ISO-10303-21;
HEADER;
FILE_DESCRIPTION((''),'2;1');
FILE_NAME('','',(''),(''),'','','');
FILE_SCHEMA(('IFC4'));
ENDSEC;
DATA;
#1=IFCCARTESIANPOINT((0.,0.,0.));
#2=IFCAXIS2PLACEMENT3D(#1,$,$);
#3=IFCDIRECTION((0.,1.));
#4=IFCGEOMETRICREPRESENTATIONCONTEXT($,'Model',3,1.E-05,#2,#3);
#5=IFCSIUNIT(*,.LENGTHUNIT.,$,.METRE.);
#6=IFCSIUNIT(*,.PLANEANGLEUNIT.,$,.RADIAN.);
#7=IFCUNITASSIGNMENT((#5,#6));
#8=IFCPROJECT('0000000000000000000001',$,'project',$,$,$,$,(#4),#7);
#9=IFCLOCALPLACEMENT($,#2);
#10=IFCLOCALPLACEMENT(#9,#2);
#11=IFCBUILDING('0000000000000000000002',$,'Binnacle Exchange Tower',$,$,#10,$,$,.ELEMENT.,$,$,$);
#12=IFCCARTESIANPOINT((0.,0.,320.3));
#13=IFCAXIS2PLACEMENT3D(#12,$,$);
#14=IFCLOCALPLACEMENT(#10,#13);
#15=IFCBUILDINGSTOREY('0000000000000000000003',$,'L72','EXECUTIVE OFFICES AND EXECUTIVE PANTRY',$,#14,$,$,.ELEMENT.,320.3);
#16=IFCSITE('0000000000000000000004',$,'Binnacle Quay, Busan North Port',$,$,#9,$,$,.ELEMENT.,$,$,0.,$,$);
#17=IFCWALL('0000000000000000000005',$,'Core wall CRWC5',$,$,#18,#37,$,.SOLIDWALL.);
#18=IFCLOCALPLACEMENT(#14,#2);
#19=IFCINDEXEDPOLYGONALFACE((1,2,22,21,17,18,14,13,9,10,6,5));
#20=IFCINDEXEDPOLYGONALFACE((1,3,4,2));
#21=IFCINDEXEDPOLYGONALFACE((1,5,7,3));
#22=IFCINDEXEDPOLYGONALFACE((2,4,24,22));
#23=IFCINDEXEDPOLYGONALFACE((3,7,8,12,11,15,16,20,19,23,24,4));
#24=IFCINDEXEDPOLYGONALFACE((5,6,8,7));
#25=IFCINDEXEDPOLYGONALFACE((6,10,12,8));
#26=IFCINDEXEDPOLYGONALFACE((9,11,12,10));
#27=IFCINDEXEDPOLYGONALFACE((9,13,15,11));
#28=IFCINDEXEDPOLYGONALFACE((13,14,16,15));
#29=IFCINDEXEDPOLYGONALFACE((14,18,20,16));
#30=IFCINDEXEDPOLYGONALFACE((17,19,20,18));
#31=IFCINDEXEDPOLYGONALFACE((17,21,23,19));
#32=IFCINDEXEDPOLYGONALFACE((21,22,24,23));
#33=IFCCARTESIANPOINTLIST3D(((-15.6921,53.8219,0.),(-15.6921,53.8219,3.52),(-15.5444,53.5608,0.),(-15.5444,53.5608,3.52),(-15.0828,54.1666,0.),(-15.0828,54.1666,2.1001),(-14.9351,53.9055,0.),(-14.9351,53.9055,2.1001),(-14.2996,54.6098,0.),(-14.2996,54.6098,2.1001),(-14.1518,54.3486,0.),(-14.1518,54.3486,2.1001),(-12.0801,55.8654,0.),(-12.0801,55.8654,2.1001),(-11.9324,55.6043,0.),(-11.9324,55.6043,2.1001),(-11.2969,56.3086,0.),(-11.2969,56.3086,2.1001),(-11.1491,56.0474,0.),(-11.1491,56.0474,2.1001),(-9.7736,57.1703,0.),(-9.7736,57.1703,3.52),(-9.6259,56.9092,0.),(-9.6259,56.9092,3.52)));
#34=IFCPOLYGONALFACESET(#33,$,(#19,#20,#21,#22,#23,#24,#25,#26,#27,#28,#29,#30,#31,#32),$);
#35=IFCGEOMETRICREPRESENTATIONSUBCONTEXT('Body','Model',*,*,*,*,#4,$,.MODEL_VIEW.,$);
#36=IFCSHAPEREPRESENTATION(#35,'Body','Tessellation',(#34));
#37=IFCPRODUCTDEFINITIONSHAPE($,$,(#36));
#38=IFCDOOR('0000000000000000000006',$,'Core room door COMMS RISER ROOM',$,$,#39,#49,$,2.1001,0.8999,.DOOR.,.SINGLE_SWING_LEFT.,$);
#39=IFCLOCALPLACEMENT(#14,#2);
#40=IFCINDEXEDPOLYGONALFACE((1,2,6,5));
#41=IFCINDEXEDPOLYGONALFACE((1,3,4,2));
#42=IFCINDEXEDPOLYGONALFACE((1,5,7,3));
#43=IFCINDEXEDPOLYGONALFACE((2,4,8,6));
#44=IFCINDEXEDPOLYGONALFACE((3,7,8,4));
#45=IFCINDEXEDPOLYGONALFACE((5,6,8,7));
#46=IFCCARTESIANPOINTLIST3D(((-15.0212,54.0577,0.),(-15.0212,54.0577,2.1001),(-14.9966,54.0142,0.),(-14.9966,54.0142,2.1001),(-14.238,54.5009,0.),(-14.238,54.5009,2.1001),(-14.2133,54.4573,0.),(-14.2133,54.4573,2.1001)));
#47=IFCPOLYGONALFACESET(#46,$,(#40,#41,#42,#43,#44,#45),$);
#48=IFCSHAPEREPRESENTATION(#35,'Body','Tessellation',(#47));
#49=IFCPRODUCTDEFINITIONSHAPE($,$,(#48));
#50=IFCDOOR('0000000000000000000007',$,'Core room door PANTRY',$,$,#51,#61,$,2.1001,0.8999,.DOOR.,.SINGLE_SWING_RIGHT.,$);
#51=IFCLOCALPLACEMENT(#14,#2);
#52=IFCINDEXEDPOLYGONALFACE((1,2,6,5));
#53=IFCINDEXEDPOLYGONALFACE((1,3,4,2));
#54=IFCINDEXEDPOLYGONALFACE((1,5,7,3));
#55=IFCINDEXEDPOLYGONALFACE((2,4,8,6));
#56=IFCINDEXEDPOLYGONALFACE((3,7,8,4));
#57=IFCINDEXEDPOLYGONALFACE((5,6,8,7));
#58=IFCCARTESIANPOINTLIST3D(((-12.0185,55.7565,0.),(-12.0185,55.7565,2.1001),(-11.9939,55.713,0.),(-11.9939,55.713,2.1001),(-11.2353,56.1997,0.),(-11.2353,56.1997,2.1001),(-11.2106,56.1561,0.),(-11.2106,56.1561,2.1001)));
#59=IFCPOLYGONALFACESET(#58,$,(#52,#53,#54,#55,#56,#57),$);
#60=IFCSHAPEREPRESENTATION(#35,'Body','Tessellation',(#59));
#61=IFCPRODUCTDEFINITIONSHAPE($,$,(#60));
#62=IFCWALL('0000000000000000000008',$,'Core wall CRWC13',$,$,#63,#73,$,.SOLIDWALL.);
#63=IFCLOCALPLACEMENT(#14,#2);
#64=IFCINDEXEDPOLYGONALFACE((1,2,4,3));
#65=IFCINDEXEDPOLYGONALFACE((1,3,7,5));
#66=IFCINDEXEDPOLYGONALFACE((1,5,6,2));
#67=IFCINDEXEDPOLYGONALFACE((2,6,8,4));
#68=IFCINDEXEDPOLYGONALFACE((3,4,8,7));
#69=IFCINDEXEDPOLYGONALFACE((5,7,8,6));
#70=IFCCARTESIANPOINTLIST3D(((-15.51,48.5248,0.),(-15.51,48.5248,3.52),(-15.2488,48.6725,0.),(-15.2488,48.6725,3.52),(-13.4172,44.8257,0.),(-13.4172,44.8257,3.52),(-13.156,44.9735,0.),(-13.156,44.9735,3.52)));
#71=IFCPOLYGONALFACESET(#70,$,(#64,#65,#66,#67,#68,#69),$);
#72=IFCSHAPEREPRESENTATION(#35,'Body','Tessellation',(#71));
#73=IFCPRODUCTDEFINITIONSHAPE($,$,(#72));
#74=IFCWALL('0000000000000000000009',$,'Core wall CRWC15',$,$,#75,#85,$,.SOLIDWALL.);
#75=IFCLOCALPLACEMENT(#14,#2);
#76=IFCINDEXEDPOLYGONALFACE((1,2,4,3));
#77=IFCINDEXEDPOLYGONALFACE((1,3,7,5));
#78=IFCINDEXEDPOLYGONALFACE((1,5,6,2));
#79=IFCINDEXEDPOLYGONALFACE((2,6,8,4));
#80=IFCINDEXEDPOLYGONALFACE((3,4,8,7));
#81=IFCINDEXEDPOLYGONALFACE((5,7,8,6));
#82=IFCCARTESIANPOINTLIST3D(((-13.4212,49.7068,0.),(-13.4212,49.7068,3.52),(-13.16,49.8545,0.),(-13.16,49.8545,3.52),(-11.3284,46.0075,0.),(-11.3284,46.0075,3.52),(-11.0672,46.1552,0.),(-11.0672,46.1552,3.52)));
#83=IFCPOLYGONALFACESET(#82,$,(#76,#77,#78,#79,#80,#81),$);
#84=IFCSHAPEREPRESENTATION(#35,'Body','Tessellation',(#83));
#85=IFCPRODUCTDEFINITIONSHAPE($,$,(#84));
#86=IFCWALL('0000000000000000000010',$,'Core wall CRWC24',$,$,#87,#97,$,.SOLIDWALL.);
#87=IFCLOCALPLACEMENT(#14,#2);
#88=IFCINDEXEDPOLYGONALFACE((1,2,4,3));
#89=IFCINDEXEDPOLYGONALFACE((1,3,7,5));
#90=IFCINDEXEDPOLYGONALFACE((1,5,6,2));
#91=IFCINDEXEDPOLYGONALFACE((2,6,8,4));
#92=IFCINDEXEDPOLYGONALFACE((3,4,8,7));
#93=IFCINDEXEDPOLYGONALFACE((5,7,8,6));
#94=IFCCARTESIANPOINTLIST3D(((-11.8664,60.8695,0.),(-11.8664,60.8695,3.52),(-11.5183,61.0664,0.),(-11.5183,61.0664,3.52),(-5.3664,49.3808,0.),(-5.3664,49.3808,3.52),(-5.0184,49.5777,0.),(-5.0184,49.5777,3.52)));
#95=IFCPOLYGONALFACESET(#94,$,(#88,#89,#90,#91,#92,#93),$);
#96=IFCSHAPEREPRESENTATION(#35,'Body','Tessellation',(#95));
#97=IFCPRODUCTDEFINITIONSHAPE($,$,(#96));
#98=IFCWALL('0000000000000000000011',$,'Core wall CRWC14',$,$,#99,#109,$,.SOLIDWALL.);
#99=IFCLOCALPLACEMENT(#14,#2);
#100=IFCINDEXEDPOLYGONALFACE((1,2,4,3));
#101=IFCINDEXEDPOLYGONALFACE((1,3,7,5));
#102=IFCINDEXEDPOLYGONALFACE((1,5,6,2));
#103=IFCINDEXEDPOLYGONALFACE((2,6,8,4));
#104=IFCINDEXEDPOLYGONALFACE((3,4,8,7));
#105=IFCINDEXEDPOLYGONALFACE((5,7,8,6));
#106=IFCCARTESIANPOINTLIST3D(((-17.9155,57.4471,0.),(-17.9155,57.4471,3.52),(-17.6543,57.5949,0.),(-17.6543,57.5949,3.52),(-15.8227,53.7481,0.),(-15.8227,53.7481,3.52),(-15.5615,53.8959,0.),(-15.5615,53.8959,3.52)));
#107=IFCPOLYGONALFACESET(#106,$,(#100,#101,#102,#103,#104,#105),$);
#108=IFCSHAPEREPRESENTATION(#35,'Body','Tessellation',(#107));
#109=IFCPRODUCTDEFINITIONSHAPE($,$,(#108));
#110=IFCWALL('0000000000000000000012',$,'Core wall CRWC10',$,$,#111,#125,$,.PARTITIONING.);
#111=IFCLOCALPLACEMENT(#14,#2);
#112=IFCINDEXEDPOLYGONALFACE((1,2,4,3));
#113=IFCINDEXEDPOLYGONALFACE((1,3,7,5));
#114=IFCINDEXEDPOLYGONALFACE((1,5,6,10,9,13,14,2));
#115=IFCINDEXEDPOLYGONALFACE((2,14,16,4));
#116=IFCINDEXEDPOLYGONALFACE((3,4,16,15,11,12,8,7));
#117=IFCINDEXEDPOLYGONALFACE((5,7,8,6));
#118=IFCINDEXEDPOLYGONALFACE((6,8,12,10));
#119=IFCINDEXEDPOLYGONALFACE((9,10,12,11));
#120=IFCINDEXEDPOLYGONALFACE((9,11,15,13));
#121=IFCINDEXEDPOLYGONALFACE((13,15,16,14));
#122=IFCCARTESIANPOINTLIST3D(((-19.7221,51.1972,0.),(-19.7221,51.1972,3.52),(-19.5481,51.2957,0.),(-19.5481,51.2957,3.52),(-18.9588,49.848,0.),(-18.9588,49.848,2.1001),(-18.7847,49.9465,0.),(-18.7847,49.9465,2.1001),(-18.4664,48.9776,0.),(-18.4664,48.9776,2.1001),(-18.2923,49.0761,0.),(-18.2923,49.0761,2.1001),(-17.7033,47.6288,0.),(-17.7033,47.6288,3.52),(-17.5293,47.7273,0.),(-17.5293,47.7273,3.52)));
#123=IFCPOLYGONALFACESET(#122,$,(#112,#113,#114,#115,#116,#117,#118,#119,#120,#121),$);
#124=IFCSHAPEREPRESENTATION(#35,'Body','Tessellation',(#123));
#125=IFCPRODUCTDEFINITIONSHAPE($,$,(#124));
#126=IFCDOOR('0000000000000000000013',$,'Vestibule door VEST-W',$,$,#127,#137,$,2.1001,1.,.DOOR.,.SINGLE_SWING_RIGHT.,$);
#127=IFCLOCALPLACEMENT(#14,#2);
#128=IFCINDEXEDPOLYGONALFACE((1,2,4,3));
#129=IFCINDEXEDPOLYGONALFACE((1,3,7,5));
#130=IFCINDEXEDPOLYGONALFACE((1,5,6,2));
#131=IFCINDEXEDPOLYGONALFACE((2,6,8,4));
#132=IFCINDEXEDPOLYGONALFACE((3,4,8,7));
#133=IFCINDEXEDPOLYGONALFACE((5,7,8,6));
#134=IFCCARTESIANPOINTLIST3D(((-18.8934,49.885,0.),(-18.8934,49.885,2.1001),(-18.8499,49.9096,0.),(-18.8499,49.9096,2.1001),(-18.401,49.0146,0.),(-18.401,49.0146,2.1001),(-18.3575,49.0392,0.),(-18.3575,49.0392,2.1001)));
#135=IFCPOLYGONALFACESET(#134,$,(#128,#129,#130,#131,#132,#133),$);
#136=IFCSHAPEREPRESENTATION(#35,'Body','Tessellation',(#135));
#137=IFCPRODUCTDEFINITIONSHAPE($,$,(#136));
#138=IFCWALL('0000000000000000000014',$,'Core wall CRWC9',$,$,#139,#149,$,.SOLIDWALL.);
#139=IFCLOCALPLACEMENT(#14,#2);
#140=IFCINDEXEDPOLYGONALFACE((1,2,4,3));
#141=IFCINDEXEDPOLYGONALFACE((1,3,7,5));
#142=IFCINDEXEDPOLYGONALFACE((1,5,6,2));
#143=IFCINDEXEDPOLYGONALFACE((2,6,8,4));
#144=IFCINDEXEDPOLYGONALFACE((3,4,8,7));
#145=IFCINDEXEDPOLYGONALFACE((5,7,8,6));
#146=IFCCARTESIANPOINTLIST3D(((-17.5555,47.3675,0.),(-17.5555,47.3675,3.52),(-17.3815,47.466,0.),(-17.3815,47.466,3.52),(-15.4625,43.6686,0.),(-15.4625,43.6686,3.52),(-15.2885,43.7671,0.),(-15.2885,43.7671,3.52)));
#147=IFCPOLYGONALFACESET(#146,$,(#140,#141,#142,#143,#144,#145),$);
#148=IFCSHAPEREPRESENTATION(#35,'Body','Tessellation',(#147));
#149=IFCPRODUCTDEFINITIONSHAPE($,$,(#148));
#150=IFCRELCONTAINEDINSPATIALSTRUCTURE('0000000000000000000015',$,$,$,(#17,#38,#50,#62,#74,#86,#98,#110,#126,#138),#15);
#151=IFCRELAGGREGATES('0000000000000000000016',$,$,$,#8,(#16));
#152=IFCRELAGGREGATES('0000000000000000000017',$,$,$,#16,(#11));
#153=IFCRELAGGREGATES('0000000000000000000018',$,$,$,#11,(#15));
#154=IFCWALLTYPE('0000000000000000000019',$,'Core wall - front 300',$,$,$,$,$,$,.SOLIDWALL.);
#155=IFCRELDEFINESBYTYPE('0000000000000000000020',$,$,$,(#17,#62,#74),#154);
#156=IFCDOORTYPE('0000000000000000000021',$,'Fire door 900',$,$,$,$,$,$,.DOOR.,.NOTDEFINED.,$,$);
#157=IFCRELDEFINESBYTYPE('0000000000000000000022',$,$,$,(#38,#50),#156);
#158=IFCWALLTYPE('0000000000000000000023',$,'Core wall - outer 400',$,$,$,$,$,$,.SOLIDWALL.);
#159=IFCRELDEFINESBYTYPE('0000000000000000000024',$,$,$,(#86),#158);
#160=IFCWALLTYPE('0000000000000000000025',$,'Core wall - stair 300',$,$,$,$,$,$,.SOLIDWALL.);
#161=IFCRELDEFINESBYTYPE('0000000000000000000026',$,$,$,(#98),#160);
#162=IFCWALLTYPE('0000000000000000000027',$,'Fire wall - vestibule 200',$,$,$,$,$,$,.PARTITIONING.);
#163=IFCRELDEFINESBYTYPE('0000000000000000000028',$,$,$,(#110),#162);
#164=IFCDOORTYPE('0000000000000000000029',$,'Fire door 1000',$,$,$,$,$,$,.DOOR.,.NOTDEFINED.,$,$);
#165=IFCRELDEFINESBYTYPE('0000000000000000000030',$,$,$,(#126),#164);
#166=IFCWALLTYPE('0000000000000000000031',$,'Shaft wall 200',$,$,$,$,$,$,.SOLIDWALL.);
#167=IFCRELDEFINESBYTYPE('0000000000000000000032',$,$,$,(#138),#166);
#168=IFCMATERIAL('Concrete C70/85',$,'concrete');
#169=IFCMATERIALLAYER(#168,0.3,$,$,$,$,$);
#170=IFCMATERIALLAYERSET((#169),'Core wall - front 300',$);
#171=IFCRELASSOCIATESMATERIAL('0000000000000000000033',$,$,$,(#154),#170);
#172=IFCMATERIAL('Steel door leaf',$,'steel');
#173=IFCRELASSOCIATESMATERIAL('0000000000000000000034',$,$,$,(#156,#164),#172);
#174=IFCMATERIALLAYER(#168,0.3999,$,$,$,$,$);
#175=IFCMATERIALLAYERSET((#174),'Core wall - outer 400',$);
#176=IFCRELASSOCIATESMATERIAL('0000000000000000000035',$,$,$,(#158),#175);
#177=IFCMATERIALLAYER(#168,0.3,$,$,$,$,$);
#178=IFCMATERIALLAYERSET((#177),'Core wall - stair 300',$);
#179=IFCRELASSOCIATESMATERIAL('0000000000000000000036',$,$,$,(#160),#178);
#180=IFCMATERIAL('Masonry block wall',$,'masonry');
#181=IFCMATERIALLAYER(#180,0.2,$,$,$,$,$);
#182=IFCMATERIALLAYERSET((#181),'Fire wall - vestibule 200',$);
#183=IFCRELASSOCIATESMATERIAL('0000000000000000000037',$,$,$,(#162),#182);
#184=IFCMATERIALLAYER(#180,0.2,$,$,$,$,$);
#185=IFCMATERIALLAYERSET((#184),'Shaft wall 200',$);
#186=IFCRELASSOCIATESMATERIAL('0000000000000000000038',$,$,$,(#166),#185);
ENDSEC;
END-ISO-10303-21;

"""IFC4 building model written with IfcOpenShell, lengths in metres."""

from ifc_helpers import new_model, si_unit, direction, frame, frame_2d, origin, place, context, subcontext, project, spatial, rectangle, extrude, material, layer, layer_set, type_object, element, fill, save


model = new_model("IFC4")

# Units and contexts
model_context = context("Model", 3, precision=1e-05, world=origin(), true_north=direction((0.0, 1.0)))
body_context = subcontext(model_context, "Body", "Model", "MODEL_VIEW")
ifc_project = project(units=[si_unit("LENGTHUNIT", "METRE"), si_unit("PLANEANGLEUNIT", "RADIAN")], contexts=[model_context])

# Site, building, storey
site_placement = place(None, origin())
site = spatial("IfcSite", under=ifc_project, at=site_placement, Name="Binnacle Quay, Busan North Port", CompositionType="ELEMENT", RefElevation=0.0)
building_placement = place(site_placement, origin())
building = spatial("IfcBuilding", under=site, at=building_placement, Name="Binnacle Exchange Tower", CompositionType="ELEMENT")
storey_placement = place(building_placement, frame((0.0, 0.0, 320.3)))
storey = spatial("IfcBuildingStorey", under=building, at=storey_placement, Name="L72", Description="EXECUTIVE OFFICES AND EXECUTIVE PANTRY", CompositionType="ELEMENT", Elevation=320.3)

# Wall, openings, doors
ifc_material_1 = material(Name="Concrete C70/85", Category="concrete")
ifc_layer_1 = layer(ifc_material_1, 0.3)
ifc_layer_set_1 = layer_set([ifc_layer_1], Name="Core wall - front 300")
wall_type_1 = type_object("IfcWallType", Name="Core wall - front 300", PredefinedType="SOLIDWALL", material=ifc_layer_set_1)
ifc_material_2 = material(Name="Steel door leaf", Category="steel")
door_type_1 = type_object("IfcDoorType", Name="Fire door 900", OperationType="NOTDEFINED", PredefinedType="DOOR", material=ifc_material_2)
wall_1_placement = place(storey_placement, frame((-15.6182, 53.6914, 0.0), z_axis=(0.0, 0.0, 1.0), x_axis=(0.870363, 0.492411, 0.0)))
wall_1 = element("IfcWall", 1, at=wall_1_placement, inside=storey, type_object=wall_type_1, Name="Core wall CRWC5", PredefinedType="SOLIDWALL", context=body_context, shape_type="SweptSolid", body=[
    extrude(rectangle(XDim=6.8, YDim=0.3, at=frame_2d((3.3999, 0.0))), origin(), (0.0, 0.0, 1.0), 3.52),
])
opening_1_placement = place(wall_1_placement, frame((0.7, 0.0, 0.0)))
opening_1 = element("IfcOpeningElement", 2, at=opening_1_placement, cuts=wall_1, PredefinedType="OPENING", context=body_context, shape_type="SweptSolid", body=[
    extrude(rectangle(XDim=0.8999, YDim=2.1001, at=frame_2d((0.45, 1.05))), frame((0.0, 0.1599, 0.0), z_axis=(0.0, -1.0, 0.0), x_axis=(1.0, 0.0, 0.0)), (0.0, 0.0, 1.0), 0.3201),
])
opening_2_placement = place(wall_1_placement, frame((4.1499, 0.0, 0.0)))
opening_2 = element("IfcOpeningElement", 3, at=opening_2_placement, cuts=wall_1, PredefinedType="OPENING", context=body_context, shape_type="SweptSolid", body=[
    extrude(rectangle(XDim=0.8999, YDim=2.1001, at=frame_2d((0.45, 1.05))), frame((0.0, 0.1599, 0.0), z_axis=(0.0, -1.0, 0.0), x_axis=(1.0, 0.0, 0.0)), (0.0, 0.0, 1.0), 0.3201),
])
door_1_placement = place(opening_1_placement, origin())
door_1 = element("IfcDoor", 4, at=door_1_placement, inside=storey, type_object=door_type_1, Name="Core room door COMMS RISER ROOM", OperationType="SINGLE_SWING_LEFT", OverallHeight=2.1001, OverallWidth=0.8999, PredefinedType="DOOR", context=body_context, shape_type="SweptSolid", body=[
    extrude(rectangle(XDim=0.8999, YDim=2.1001, at=frame_2d((0.45, 1.05))), frame((0.0, 0.0249, 0.0), z_axis=(0.0, -1.0, 0.0), x_axis=(1.0, 0.0, 0.0)), (0.0, 0.0, 1.0), 0.05),
])
fill(opening_1, door_1)
door_2_placement = place(opening_2_placement, origin())
door_2 = element("IfcDoor", 5, at=door_2_placement, inside=storey, type_object=door_type_1, Name="Core room door PANTRY", OperationType="SINGLE_SWING_RIGHT", OverallHeight=2.1001, OverallWidth=0.8999, PredefinedType="DOOR", context=body_context, shape_type="SweptSolid", body=[
    extrude(rectangle(XDim=0.8999, YDim=2.1001, at=frame_2d((0.45, 1.05))), frame((0.0, 0.0249, 0.0), z_axis=(0.0, -1.0, 0.0), x_axis=(1.0, 0.0, 0.0)), (0.0, 0.0, 1.0), 0.05),
])
fill(opening_2, door_2)

# Walls
wall_2_placement = place(storey_placement, frame((-15.3794, 48.5986, 0.0), z_axis=(0.0, 0.0, 1.0), x_axis=(0.492423, -0.870356, 0.0)))
element("IfcWall", 6, at=wall_2_placement, inside=storey, type_object=wall_type_1, Name="Core wall CRWC13", PredefinedType="SOLIDWALL", context=body_context, shape_type="SweptSolid", body=[
    extrude(rectangle(XDim=4.25, YDim=0.3, at=frame_2d((2.125, 0.0))), origin(), (0.0, 0.0, 1.0), 3.52),
])
wall_3_placement = place(storey_placement, frame((-13.2905, 49.7805, 0.0), z_axis=(0.0, 0.0, 1.0), x_axis=(0.492398, -0.87037, 0.0)))
element("IfcWall", 7, at=wall_3_placement, inside=storey, type_object=wall_type_1, Name="Core wall CRWC15", PredefinedType="SOLIDWALL", context=body_context, shape_type="SweptSolid", body=[
    extrude(rectangle(XDim=4.2502, YDim=0.3, at=frame_2d((2.125, 0.0))), origin(), (0.0, 0.0, 1.0), 3.52),
])
ifc_layer_2 = layer(ifc_material_1, 0.3999)
ifc_layer_set_2 = layer_set([ifc_layer_2], Name="Core wall - outer 400")
wall_type_2 = type_object("IfcWallType", Name="Core wall - outer 400", PredefinedType="SOLIDWALL", material=ifc_layer_set_2)
wall_4_placement = place(storey_placement, frame((-11.6924, 60.968, 0.0), z_axis=(0.0, 0.0, 1.0), x_axis=(0.492422, -0.870357, 0.0)))
element("IfcWall", 8, at=wall_4_placement, inside=storey, type_object=wall_type_2, Name="Core wall CRWC24", PredefinedType="SOLIDWALL", context=body_context, shape_type="SweptSolid", body=[
    extrude(rectangle(XDim=13.2, YDim=0.3999, at=frame_2d((6.6001, 0.0))), origin(), (0.0, 0.0, 1.0), 3.52),
])
ifc_layer_3 = layer(ifc_material_1, 0.3)
ifc_layer_set_3 = layer_set([ifc_layer_3], Name="Core wall - stair 300")
wall_type_3 = type_object("IfcWallType", Name="Core wall - stair 300", PredefinedType="SOLIDWALL", material=ifc_layer_set_3)
wall_5_placement = place(storey_placement, frame((-17.7849, 57.521, 0.0), z_axis=(0.0, 0.0, 1.0), x_axis=(0.492423, -0.870356, 0.0)))
element("IfcWall", 9, at=wall_5_placement, inside=storey, type_object=wall_type_3, Name="Core wall CRWC14", PredefinedType="SOLIDWALL", context=body_context, shape_type="SweptSolid", body=[
    extrude(rectangle(XDim=4.25, YDim=0.3, at=frame_2d((2.125, 0.0))), origin(), (0.0, 0.0, 1.0), 3.52),
])

# Wall, opening, door
ifc_material_3 = material(Name="Masonry block wall", Category="masonry")
ifc_layer_4 = layer(ifc_material_3, 0.2)
ifc_layer_set_4 = layer_set([ifc_layer_4], Name="Fire wall - vestibule 200")
wall_type_4 = type_object("IfcWallType", Name="Fire wall - vestibule 200", PredefinedType="PARTITIONING", material=ifc_layer_set_4)
wall_6_placement = place(storey_placement, frame((-19.635, 51.2463, 0.0), z_axis=(0.0, 0.0, 1.0), x_axis=(0.492408, -0.870364, 0.0)))
wall_6 = element("IfcWall", 10, at=wall_6_placement, inside=storey, type_object=wall_type_4, Name="Core wall CRWC10", PredefinedType="PARTITIONING", context=body_context, shape_type="SweptSolid", body=[
    extrude(rectangle(XDim=4.0999, YDim=0.2, at=frame_2d((2.0498, 0.0))), origin(), (0.0, 0.0, 1.0), 3.52),
])
opening_3_placement = place(wall_6_placement, frame((1.55, 0.0, 0.0)))
opening_3 = element("IfcOpeningElement", 11, at=opening_3_placement, cuts=wall_6, PredefinedType="OPENING", context=body_context, shape_type="SweptSolid", body=[
    extrude(rectangle(XDim=1.0, YDim=2.1001, at=frame_2d((0.5, 1.05))), frame((0.0, 0.1099, 0.0), z_axis=(0.0, -1.0, 0.0), x_axis=(1.0, 0.0, 0.0)), (0.0, 0.0, 1.0), 0.22),
])
door_type_2 = type_object("IfcDoorType", Name="Fire door 1000", OperationType="NOTDEFINED", PredefinedType="DOOR", material=ifc_material_2)
door_3_placement = place(opening_3_placement, frame((1.0, 0.0, 0.0), z_axis=(0.0, 0.0, 1.0), x_axis=(-1.0, 0.0, 0.0)))
door_3 = element("IfcDoor", 12, at=door_3_placement, inside=storey, type_object=door_type_2, Name="Vestibule door VEST-W", OperationType="SINGLE_SWING_RIGHT", OverallHeight=2.1001, OverallWidth=1.0, PredefinedType="DOOR", context=body_context, shape_type="SweptSolid", body=[
    extrude(rectangle(XDim=1.0, YDim=2.1001, at=frame_2d((0.5, 1.05))), frame((0.0, 0.0249, 0.0), z_axis=(0.0, -1.0, 0.0), x_axis=(1.0, 0.0, 0.0)), (0.0, 0.0, 1.0), 0.05),
])
fill(opening_3, door_3)

# Wall
ifc_layer_5 = layer(ifc_material_3, 0.2)
ifc_layer_set_5 = layer_set([ifc_layer_5], Name="Shaft wall 200")
wall_type_5 = type_object("IfcWallType", Name="Shaft wall 200", PredefinedType="SOLIDWALL", material=ifc_layer_set_5)
wall_7_placement = place(storey_placement, frame((-17.4685, 47.4167, 0.0), z_axis=(0.0, 0.0, 1.0), x_axis=(0.492466, -0.870332, 0.0)))
element("IfcWall", 13, at=wall_7_placement, inside=storey, type_object=wall_type_5, Name="Core wall CRWC9", PredefinedType="SOLIDWALL", context=body_context, shape_type="SweptSolid", body=[
    extrude(rectangle(XDim=4.25, YDim=0.2, at=frame_2d((2.125, 0.0))), origin(), (0.0, 0.0, 1.0), 3.52),
])

save(model, "model.ifc")
